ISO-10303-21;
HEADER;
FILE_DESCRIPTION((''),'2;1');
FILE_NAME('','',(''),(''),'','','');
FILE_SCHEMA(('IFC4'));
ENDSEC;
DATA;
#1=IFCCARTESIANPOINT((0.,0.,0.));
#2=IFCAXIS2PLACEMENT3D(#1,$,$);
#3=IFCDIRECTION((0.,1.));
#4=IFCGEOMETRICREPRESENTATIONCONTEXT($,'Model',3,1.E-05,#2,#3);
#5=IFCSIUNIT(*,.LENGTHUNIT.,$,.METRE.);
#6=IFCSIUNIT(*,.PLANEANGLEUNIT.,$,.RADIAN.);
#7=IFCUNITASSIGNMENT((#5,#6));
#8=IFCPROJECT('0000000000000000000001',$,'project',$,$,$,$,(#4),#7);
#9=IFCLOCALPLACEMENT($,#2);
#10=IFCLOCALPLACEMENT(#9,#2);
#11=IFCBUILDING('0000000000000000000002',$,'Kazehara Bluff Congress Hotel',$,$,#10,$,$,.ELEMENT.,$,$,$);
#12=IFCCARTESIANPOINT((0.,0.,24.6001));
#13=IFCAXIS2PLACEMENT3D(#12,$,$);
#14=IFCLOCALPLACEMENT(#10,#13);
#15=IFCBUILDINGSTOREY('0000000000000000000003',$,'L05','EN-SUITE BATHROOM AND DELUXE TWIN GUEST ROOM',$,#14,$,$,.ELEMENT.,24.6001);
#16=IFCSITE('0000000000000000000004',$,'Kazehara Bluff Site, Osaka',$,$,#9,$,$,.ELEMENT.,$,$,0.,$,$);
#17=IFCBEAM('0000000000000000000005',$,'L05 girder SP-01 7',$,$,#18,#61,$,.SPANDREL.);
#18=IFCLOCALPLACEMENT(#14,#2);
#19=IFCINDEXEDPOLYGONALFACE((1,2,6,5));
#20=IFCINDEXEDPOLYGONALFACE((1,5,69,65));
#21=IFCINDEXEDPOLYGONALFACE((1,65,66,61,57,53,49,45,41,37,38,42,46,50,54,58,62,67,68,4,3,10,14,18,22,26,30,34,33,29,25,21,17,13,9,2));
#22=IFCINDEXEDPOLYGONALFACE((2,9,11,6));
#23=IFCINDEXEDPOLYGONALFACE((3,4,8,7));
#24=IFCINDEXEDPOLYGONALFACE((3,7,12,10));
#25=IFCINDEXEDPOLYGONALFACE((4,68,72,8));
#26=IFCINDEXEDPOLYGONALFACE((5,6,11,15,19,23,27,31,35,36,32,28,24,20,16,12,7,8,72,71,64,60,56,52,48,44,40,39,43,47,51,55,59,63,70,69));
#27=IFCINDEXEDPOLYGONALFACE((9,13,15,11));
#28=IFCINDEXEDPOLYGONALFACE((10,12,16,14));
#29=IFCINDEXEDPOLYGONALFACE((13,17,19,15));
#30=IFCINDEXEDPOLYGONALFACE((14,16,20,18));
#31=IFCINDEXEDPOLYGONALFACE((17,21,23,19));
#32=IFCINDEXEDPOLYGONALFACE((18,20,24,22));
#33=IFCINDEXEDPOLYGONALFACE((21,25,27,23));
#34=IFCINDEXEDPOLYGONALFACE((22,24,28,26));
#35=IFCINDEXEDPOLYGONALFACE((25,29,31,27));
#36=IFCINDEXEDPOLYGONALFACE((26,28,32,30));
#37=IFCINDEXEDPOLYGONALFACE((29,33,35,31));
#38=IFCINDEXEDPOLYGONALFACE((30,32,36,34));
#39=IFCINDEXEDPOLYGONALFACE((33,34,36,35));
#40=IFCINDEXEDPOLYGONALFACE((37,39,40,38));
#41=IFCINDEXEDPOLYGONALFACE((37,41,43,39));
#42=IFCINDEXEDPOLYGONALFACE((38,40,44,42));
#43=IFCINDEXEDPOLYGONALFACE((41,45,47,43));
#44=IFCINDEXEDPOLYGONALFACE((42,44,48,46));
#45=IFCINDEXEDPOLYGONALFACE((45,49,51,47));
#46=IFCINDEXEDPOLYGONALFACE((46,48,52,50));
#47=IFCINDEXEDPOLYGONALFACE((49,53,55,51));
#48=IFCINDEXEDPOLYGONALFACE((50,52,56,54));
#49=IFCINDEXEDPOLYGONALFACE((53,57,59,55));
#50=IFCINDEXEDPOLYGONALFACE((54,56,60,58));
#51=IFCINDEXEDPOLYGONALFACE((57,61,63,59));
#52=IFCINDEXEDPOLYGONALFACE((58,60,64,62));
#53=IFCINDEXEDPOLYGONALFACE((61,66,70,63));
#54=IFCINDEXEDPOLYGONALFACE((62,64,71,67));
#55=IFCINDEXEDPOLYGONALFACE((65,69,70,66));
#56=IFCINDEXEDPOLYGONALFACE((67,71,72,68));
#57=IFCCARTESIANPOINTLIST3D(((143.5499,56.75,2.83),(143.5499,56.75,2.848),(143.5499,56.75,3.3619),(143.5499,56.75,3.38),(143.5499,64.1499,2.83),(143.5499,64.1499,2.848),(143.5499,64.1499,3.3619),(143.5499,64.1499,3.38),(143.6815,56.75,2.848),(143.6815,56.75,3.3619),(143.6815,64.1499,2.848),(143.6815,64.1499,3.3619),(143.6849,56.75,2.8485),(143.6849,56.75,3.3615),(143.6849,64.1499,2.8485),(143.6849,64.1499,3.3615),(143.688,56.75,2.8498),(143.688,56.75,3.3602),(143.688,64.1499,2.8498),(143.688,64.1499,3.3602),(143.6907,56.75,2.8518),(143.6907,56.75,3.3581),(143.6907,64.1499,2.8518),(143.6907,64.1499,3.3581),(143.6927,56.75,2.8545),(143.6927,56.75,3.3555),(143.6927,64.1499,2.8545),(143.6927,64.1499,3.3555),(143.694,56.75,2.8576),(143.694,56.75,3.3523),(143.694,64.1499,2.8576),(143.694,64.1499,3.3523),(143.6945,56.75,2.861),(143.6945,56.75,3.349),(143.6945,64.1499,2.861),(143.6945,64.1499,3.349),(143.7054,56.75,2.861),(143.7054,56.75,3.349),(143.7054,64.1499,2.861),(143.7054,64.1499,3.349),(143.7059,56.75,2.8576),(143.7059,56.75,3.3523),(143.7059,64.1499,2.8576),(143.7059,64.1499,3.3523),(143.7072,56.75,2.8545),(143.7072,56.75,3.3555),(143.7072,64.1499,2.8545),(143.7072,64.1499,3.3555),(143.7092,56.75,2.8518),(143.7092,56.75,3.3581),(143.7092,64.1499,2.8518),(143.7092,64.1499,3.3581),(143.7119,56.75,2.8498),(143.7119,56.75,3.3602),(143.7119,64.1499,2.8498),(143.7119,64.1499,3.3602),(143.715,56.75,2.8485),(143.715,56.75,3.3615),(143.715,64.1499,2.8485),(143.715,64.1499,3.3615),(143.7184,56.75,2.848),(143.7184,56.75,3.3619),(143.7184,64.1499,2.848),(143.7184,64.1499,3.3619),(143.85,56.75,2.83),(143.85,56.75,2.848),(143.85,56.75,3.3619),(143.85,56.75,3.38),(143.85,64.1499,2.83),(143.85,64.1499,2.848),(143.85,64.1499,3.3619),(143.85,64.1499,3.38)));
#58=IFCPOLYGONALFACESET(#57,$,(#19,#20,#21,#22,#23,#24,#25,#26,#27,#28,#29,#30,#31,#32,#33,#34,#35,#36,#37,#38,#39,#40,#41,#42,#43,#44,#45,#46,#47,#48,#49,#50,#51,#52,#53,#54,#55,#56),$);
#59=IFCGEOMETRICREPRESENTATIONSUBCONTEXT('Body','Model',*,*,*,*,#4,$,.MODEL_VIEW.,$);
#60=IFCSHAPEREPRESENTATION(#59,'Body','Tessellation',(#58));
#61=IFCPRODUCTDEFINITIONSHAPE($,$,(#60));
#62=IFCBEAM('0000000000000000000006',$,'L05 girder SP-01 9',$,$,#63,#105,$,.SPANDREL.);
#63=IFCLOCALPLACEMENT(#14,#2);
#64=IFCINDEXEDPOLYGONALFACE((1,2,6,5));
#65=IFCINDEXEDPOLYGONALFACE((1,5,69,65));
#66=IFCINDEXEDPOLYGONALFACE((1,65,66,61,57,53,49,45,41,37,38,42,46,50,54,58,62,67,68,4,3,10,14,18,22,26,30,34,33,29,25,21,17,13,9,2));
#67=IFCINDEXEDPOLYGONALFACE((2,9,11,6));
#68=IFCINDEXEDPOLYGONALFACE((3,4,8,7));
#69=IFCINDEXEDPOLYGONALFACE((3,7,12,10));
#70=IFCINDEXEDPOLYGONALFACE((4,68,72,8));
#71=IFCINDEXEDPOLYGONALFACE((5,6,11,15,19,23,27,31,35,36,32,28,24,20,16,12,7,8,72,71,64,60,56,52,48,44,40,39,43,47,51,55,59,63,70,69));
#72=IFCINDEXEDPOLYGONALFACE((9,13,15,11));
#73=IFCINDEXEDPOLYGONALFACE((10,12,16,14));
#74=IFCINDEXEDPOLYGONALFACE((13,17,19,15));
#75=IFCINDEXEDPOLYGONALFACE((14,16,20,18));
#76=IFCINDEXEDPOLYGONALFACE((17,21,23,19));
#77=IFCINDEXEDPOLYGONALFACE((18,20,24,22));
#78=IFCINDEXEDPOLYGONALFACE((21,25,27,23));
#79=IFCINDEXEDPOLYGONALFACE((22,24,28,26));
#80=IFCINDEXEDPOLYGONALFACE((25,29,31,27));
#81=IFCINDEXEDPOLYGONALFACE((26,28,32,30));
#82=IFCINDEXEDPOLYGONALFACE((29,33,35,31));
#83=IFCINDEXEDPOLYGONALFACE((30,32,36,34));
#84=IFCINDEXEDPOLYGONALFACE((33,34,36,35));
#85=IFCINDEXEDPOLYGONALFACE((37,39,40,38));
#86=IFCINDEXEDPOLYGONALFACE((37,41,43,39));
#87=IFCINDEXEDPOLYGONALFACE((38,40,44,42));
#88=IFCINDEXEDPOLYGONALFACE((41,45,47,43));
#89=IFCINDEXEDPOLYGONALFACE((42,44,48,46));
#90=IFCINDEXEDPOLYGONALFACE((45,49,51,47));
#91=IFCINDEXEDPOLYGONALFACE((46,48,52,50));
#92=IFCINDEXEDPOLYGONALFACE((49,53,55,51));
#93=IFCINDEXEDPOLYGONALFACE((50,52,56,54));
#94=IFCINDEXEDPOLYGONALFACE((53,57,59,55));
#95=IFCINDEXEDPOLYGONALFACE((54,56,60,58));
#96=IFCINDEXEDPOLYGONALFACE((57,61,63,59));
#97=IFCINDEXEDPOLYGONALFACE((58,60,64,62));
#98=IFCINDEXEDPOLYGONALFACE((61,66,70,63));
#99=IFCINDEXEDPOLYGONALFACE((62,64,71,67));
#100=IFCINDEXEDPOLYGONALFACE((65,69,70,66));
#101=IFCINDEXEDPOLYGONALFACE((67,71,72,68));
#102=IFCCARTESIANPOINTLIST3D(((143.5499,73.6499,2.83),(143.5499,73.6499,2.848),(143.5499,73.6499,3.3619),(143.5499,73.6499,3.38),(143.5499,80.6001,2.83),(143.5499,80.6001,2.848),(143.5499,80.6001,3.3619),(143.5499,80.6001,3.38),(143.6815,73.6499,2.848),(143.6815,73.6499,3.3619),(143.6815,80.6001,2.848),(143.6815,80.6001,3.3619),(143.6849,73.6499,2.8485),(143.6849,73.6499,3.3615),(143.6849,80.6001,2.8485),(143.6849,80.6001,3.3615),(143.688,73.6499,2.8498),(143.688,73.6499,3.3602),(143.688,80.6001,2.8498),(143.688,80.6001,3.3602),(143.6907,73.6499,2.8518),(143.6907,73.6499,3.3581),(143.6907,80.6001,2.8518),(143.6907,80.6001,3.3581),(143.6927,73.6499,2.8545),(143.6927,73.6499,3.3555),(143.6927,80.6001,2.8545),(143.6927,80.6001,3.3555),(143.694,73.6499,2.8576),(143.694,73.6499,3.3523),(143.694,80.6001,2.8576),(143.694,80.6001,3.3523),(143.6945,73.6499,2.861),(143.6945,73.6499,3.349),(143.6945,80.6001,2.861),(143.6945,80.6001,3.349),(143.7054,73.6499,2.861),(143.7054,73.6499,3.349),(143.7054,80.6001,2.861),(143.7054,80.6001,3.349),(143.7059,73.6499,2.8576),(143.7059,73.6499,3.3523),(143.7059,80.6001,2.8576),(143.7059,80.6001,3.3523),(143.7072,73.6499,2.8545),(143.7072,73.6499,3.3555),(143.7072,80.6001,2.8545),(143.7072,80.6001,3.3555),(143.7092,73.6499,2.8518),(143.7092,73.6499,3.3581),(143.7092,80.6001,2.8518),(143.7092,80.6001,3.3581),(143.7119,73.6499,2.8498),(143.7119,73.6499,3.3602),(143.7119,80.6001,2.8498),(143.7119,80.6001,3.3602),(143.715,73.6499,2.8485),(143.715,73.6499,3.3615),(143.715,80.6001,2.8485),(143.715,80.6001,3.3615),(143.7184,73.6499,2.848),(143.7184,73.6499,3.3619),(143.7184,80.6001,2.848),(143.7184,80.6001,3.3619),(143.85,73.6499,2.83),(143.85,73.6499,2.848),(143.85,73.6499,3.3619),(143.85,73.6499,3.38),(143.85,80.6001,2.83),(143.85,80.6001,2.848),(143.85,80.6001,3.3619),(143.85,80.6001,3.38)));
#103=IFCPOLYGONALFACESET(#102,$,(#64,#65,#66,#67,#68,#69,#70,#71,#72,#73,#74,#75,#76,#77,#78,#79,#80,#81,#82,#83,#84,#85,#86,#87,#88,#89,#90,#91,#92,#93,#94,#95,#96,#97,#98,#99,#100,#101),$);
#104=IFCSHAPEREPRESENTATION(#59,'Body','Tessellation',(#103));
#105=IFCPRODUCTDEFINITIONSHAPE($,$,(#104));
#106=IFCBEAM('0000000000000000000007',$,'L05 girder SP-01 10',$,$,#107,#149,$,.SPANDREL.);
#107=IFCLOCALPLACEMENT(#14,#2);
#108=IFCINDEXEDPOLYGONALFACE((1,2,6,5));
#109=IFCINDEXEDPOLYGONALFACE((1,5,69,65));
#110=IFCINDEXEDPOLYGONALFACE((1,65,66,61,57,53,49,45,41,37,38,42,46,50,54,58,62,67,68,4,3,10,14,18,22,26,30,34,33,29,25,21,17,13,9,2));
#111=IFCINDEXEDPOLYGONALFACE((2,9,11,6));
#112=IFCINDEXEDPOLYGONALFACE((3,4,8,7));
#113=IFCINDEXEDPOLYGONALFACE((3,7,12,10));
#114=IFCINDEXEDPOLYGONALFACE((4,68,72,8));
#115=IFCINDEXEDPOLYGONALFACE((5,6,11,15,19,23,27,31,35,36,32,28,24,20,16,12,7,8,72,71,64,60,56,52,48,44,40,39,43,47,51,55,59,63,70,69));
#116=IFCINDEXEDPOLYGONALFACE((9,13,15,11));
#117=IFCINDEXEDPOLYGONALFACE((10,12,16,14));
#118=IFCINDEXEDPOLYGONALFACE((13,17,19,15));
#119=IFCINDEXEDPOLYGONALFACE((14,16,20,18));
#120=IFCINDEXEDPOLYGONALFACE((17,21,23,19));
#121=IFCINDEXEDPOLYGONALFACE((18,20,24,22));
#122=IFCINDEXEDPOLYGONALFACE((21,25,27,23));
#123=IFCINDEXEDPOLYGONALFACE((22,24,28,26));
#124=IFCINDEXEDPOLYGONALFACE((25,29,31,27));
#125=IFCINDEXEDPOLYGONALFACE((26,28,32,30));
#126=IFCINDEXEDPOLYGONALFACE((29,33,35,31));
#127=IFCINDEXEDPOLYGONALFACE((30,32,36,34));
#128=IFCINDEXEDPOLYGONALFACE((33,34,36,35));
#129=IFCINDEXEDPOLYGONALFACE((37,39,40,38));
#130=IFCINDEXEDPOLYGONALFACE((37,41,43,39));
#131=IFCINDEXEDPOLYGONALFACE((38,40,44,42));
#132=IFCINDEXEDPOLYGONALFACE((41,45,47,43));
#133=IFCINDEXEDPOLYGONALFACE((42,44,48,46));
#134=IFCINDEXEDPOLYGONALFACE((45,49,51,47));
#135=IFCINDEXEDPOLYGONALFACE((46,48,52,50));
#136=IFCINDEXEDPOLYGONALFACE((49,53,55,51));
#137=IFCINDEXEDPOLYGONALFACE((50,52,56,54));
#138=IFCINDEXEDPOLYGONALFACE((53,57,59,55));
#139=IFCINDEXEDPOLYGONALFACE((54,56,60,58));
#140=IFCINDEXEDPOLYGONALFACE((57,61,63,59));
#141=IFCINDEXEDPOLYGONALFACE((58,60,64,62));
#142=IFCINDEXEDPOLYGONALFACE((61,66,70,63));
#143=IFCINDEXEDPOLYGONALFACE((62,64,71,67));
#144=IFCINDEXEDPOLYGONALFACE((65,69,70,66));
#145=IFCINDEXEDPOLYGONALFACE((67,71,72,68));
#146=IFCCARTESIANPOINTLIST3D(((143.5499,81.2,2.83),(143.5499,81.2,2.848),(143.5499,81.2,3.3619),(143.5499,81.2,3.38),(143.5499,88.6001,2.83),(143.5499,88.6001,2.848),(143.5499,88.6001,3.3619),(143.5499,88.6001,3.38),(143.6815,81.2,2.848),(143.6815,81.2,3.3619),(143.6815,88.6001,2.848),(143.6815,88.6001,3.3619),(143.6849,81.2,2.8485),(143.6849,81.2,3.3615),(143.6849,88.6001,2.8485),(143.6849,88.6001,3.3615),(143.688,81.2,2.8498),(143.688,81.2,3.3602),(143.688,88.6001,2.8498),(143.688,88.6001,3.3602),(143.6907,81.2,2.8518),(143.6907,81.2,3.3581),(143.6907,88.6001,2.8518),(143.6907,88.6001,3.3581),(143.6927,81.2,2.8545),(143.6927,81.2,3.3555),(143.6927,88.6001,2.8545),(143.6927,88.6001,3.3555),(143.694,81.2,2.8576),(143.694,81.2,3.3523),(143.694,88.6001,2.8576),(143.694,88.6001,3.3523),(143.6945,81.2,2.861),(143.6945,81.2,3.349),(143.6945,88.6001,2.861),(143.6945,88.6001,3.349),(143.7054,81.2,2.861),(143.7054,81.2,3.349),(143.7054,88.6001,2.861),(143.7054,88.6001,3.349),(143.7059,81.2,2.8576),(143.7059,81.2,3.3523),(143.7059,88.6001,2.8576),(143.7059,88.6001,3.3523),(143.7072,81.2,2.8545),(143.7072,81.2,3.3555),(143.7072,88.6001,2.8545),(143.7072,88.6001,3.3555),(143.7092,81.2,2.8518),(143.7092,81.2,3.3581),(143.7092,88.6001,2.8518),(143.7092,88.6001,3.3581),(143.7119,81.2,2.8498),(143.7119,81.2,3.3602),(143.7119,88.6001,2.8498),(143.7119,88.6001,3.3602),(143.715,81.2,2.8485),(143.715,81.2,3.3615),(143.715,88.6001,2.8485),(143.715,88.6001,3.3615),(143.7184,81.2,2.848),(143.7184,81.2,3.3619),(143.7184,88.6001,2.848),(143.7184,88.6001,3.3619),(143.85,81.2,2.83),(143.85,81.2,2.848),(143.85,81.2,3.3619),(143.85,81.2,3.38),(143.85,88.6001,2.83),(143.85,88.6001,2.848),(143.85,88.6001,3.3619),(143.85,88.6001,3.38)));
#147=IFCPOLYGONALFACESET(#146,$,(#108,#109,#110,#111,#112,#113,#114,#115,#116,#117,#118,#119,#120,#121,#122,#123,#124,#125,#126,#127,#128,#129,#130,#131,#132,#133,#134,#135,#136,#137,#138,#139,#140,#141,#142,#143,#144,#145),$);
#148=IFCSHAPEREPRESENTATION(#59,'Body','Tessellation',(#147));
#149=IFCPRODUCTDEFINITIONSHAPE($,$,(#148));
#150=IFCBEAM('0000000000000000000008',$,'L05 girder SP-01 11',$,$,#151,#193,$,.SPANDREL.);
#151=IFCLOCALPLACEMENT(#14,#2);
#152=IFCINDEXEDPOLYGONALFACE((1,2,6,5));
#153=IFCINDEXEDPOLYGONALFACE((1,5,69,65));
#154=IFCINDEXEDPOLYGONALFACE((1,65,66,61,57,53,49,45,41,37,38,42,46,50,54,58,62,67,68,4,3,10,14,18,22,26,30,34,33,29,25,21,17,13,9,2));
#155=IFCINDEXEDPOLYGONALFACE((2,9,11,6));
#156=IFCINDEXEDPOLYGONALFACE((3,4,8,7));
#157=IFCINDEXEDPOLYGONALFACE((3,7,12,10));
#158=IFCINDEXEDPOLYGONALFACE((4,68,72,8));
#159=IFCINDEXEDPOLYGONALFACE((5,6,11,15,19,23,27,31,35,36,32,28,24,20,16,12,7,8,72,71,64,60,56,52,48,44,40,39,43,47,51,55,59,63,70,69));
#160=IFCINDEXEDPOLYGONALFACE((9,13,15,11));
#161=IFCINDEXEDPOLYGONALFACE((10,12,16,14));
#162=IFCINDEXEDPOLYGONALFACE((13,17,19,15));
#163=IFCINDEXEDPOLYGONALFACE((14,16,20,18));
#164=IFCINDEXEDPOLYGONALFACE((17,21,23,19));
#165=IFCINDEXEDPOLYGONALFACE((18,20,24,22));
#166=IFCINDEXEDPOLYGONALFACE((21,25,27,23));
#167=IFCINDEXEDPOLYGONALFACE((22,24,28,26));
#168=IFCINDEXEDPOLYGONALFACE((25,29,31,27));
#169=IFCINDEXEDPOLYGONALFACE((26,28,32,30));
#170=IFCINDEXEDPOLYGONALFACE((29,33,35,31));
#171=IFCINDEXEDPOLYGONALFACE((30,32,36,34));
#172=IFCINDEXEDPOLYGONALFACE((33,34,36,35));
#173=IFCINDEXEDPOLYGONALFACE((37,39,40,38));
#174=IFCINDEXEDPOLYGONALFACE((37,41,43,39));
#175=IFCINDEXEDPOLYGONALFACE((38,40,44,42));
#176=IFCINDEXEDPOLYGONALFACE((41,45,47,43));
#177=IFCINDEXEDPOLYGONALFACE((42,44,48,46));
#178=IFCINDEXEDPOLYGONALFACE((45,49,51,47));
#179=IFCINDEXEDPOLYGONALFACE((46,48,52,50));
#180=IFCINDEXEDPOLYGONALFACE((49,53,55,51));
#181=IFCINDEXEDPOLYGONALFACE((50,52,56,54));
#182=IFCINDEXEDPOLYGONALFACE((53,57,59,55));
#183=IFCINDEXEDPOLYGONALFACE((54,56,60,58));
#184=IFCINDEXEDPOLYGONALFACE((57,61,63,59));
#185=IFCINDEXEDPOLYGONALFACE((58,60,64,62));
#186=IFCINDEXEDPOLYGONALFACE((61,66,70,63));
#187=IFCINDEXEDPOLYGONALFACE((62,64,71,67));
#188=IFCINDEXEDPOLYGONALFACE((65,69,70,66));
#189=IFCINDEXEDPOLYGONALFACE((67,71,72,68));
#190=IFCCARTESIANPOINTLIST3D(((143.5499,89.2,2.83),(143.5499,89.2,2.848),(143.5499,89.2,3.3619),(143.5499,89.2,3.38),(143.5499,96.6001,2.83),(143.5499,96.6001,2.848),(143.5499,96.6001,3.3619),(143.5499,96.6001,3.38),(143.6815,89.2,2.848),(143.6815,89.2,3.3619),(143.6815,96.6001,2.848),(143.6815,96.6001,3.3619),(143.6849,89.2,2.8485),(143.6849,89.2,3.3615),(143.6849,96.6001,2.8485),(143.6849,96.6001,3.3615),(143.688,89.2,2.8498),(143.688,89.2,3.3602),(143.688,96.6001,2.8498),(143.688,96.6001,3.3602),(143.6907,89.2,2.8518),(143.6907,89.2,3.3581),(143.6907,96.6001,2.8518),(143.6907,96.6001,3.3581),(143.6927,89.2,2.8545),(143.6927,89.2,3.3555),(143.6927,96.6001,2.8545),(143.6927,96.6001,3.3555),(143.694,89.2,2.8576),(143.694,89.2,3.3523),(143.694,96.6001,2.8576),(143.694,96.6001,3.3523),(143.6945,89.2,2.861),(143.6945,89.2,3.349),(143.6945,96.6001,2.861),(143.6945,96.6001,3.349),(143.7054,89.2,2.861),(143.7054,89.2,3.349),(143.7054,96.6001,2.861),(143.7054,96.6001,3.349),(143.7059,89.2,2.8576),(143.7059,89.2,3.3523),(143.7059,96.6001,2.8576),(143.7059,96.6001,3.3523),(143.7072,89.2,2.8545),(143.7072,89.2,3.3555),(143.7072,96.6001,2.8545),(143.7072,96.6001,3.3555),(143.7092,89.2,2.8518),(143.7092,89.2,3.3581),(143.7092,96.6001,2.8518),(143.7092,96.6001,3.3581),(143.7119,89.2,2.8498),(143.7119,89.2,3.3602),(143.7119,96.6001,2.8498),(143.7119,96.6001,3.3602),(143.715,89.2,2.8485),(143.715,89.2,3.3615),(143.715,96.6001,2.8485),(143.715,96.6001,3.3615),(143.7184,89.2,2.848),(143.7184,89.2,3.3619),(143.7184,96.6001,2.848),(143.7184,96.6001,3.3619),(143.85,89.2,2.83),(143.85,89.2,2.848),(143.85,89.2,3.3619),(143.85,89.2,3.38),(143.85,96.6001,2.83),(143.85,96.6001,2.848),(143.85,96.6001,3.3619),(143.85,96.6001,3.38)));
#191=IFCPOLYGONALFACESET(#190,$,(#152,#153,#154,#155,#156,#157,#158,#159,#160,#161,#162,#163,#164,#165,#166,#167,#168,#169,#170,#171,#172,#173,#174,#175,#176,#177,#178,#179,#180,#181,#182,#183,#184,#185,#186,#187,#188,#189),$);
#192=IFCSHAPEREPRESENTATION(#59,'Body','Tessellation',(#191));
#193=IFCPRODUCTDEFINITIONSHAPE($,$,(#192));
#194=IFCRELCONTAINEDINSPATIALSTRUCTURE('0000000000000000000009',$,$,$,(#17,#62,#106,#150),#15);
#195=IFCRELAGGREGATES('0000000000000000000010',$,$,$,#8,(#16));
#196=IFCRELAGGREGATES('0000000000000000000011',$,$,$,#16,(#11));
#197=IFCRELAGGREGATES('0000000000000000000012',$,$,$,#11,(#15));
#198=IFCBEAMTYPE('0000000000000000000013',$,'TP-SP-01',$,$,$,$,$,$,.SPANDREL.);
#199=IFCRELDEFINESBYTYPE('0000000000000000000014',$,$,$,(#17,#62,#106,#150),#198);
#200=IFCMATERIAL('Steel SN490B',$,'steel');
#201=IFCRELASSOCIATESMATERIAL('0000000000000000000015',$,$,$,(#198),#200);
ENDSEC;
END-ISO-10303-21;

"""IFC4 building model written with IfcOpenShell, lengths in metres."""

from ifc_helpers import new_model, si_unit, direction, frame, origin, origin_2d, place, context, subcontext, project, spatial, i_section, extrude, material, material_profile, profile_set, type_object, element, save


model = new_model("IFC4")

# Units and contexts
model_context = context("Model", 3, precision=1e-05, world=origin(), true_north=direction((0.0, 1.0)))
body_context = subcontext(model_context, "Body", "Model", "MODEL_VIEW")
ifc_project = project(units=[si_unit("LENGTHUNIT", "METRE"), si_unit("PLANEANGLEUNIT", "RADIAN")], contexts=[model_context])

# Site, building, storey
site_placement = place(None, origin())
site = spatial("IfcSite", under=ifc_project, at=site_placement, Name="Kazehara Bluff Site, Osaka", CompositionType="ELEMENT", RefElevation=0.0)
building_placement = place(site_placement, origin())
building = spatial("IfcBuilding", under=site, at=building_placement, Name="Kazehara Bluff Congress Hotel", CompositionType="ELEMENT")
storey_placement = place(building_placement, frame((0.0, 0.0, 24.6001)))
storey = spatial("IfcBuildingStorey", under=building, at=storey_placement, Name="L05", Description="EN-SUITE BATHROOM AND DELUXE TWIN GUEST ROOM", CompositionType="ELEMENT", Elevation=24.6001)

# Beams
ifc_material_1 = material(Name="Steel SN490B", Category="steel")
ifc_material_profile_1 = material_profile(ifc_material_1, i_section(OverallWidth=0.3, OverallDepth=0.55, WebThickness=0.011, FlangeThickness=0.0181, FilletRadius=0.0129, at=origin_2d()))
ifc_profile_set_1 = profile_set([ifc_material_profile_1], Name="Steel SN490B")
beam_type_1 = type_object("IfcBeamType", Name="TP-SP-01", PredefinedType="SPANDREL", material=ifc_profile_set_1)
beam_1_placement = place(storey_placement, frame((143.7, 56.75, 3.105), z_axis=(0.0, 1.0, 0.0), x_axis=(-1.0, 0.0, 0.0)))
element("IfcBeam", 1, at=beam_1_placement, inside=storey, type_object=beam_type_1, Name="L05 girder SP-01 7", PredefinedType="SPANDREL", context=body_context, shape_type="SweptSolid", body=[
    extrude(i_section(OverallWidth=0.3, OverallDepth=0.55, WebThickness=0.011, FlangeThickness=0.0181, FilletRadius=0.0129, at=origin_2d()), origin(), (0.0, 0.0, 1.0), 7.3999),
])
beam_2_placement = place(storey_placement, frame((143.7, 73.6499, 3.105), z_axis=(0.0, 1.0, 0.0), x_axis=(-1.0, 0.0, 0.0)))
element("IfcBeam", 2, at=beam_2_placement, inside=storey, type_object=beam_type_1, Name="L05 girder SP-01 9", PredefinedType="SPANDREL", context=body_context, shape_type="SweptSolid", body=[
    extrude(i_section(OverallWidth=0.3, OverallDepth=0.55, WebThickness=0.011, FlangeThickness=0.0181, FilletRadius=0.0129, at=origin_2d()), origin(), (0.0, 0.0, 1.0), 6.9502),
])
for number, where, z_axis, x_axis, name in (
    (3, (143.7, 81.2, 3.105), (0.0, 1.0, 0.0), (-1.0, 0.0, 0.0), "L05 girder SP-01 10"),
    (4, (143.7, 89.2, 3.105), (0.0, 1.0, 0.0), (-1.0, 0.0, 0.0), "L05 girder SP-01 11"),
):
    element("IfcBeam", number, at=place(storey_placement, frame(where, z_axis=z_axis, x_axis=x_axis)), inside=storey, type_object=beam_type_1, Name=name, PredefinedType="SPANDREL", context=body_context, shape_type="SweptSolid", body=[
        extrude(i_section(OverallWidth=0.3, OverallDepth=0.55, WebThickness=0.011, FlangeThickness=0.0181, FilletRadius=0.0129, at=origin_2d()), origin(), (0.0, 0.0, 1.0), 7.4001),
    ])

save(model, "model.ifc")
